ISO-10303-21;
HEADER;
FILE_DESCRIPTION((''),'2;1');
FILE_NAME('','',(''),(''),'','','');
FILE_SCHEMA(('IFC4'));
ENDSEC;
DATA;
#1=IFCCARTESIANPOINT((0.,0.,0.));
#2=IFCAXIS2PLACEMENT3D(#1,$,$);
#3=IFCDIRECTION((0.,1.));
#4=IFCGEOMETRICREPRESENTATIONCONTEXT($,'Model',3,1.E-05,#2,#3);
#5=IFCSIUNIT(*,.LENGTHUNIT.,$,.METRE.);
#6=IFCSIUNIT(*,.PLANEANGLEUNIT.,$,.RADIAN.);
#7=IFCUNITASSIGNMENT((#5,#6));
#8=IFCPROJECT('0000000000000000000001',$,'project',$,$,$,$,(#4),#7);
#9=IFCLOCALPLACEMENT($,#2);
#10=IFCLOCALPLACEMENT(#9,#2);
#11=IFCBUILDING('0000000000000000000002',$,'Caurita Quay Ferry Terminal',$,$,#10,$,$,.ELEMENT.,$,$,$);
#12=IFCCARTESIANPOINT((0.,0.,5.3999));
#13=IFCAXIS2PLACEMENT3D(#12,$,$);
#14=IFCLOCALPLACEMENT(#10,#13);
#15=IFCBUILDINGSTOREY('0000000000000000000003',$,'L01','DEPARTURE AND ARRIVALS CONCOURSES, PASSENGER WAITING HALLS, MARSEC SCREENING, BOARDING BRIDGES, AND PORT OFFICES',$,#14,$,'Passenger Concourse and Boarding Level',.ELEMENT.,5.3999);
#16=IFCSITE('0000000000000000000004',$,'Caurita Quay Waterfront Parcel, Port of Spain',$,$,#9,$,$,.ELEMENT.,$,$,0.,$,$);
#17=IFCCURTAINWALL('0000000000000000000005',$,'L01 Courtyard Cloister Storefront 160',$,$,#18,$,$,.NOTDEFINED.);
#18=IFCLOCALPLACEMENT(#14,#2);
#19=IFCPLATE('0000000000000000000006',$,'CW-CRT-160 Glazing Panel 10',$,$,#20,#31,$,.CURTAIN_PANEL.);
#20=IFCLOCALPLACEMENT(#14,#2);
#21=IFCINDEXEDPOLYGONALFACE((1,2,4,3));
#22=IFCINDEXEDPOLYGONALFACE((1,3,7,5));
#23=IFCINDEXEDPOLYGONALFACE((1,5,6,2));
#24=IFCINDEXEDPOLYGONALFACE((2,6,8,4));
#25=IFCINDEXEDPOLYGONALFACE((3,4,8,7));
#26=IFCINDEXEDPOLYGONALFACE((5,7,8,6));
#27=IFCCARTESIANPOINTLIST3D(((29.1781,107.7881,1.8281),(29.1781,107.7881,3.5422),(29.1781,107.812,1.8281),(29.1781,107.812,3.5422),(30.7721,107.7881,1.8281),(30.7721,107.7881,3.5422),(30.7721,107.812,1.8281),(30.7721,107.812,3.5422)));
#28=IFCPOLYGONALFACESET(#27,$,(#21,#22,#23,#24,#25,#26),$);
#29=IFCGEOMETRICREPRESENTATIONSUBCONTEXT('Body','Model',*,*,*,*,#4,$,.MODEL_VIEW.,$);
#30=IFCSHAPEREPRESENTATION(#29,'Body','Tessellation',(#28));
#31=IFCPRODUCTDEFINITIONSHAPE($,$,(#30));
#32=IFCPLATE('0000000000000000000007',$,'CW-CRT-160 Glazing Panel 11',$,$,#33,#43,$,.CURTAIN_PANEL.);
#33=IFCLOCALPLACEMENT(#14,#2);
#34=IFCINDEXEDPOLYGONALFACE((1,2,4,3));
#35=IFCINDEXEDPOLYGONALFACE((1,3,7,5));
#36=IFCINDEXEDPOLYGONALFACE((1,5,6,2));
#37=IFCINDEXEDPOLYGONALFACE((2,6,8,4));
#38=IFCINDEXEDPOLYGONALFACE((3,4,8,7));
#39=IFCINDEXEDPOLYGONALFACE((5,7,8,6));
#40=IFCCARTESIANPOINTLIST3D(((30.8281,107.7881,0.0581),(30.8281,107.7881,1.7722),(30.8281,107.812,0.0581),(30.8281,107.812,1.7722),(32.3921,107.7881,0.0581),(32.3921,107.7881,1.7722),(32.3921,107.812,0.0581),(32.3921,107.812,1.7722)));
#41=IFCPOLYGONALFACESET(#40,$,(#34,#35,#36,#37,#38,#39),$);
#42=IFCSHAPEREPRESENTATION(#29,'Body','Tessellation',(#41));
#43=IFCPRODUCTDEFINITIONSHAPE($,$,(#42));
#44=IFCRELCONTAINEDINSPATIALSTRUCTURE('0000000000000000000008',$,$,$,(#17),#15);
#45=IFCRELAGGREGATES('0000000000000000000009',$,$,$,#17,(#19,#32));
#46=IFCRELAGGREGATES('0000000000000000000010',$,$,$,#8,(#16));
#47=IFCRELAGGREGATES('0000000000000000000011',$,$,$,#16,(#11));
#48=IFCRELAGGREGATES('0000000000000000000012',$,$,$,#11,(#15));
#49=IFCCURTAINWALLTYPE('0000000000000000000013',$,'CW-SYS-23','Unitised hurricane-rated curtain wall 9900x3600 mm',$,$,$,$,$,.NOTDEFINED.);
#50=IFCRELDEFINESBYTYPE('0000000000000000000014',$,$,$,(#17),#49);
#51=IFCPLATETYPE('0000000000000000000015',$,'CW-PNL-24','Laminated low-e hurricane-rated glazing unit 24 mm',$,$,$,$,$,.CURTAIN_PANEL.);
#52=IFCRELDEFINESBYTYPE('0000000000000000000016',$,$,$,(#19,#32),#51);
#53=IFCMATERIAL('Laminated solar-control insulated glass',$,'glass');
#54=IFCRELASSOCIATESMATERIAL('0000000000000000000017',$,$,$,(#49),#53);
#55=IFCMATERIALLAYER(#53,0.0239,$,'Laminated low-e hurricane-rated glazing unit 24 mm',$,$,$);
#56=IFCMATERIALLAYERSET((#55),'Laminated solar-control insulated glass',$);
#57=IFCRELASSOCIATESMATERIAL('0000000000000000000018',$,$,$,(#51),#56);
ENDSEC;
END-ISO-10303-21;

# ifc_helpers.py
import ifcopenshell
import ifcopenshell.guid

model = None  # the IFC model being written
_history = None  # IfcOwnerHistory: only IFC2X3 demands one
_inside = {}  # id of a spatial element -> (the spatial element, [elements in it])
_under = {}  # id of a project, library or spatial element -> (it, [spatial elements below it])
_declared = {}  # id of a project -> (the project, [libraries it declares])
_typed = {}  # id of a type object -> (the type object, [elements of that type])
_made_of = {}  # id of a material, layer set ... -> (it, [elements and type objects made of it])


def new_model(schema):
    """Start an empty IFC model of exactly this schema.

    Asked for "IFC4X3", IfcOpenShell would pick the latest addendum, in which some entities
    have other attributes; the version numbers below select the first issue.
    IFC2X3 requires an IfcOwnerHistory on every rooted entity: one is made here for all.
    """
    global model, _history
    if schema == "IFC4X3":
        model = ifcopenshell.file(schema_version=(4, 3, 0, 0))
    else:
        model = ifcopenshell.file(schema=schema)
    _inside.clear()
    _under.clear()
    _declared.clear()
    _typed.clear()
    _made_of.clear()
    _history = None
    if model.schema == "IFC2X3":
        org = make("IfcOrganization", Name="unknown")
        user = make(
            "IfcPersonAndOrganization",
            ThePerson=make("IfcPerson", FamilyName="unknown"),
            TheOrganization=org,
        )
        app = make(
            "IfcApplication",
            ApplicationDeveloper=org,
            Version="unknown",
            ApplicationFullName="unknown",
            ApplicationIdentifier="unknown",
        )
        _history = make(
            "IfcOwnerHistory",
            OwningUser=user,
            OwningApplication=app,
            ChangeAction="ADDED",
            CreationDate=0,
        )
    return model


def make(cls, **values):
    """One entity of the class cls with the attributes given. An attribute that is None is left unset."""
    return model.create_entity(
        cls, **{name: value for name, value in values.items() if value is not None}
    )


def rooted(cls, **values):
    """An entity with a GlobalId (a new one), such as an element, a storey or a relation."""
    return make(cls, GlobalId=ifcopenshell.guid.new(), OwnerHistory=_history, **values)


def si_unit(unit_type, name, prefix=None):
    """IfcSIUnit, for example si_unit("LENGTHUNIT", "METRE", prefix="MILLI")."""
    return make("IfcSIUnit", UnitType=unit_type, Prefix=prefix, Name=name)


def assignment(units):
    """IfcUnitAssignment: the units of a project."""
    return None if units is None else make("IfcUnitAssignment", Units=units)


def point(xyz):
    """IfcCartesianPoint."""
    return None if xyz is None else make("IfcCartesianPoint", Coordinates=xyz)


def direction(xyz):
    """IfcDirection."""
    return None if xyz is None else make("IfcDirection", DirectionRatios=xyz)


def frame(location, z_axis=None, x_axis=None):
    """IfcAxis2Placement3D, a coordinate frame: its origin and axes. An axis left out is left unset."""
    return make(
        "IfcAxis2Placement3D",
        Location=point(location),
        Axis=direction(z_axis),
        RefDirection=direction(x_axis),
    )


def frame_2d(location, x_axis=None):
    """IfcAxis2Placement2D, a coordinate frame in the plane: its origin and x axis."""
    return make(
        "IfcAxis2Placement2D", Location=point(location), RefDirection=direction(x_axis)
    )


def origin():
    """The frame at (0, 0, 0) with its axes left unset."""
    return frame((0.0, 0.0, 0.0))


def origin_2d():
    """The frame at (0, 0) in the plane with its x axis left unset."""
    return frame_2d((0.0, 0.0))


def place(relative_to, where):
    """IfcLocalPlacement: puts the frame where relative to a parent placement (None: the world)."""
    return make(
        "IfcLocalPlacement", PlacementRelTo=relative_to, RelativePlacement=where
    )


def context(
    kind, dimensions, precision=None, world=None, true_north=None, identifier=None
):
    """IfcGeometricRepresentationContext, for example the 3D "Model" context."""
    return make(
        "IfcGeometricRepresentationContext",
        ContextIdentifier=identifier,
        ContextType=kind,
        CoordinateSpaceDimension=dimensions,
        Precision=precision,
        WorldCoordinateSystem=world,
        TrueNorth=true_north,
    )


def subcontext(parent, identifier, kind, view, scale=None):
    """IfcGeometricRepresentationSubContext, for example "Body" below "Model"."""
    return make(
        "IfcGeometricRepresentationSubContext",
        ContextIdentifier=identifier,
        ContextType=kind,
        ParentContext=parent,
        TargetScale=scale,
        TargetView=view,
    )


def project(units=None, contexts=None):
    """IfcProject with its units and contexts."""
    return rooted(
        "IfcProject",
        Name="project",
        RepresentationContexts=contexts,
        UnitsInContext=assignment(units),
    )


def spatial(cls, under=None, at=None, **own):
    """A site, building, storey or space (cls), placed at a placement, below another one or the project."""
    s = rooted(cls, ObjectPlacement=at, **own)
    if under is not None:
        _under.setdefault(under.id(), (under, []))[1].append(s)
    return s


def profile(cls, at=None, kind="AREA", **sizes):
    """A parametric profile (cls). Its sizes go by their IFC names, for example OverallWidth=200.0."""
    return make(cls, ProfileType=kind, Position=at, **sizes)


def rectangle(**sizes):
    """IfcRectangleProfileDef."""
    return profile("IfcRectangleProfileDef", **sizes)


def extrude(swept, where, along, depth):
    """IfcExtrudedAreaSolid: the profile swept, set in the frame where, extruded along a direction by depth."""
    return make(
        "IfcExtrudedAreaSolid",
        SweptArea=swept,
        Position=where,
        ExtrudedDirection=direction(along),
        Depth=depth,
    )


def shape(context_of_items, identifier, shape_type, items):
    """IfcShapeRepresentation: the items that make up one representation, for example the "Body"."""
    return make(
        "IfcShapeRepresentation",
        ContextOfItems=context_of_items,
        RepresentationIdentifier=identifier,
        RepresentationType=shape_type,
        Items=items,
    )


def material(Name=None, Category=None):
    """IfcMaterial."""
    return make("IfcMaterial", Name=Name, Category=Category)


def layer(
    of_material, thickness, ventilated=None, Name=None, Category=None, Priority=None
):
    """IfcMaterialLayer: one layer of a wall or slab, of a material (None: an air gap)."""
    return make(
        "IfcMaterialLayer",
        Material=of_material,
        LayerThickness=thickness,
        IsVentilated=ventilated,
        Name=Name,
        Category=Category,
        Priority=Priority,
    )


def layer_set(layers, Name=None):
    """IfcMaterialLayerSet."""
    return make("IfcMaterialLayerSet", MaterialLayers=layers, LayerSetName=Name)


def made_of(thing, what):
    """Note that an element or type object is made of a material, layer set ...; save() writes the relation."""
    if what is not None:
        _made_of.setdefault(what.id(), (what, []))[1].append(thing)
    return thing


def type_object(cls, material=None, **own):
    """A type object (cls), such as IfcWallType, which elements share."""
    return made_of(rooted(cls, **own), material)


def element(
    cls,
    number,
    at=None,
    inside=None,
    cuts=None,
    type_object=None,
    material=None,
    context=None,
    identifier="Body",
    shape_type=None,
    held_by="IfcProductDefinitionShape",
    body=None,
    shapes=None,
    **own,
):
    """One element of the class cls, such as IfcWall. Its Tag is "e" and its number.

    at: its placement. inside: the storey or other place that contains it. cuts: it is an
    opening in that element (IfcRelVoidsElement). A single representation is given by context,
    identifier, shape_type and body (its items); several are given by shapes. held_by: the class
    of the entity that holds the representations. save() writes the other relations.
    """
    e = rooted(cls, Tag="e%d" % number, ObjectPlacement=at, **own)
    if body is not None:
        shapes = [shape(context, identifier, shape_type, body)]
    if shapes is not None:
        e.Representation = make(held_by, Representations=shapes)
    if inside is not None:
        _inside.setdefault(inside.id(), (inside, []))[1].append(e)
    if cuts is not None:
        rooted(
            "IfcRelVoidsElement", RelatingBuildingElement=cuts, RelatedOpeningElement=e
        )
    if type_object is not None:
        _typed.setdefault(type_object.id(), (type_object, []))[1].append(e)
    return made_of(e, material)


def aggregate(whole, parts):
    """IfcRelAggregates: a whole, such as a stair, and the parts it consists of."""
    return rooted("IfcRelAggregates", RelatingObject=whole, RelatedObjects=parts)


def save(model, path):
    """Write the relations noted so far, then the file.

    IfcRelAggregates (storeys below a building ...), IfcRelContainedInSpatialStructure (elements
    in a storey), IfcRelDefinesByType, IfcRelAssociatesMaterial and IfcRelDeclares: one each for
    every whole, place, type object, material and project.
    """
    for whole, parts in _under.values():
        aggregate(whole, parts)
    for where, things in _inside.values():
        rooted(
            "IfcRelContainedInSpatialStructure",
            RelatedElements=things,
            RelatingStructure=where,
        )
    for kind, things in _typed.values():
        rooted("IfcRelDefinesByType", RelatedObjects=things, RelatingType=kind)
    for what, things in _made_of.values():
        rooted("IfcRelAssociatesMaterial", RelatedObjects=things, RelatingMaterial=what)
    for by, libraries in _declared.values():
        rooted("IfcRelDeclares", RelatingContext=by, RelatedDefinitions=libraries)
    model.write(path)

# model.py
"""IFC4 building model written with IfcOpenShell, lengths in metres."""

from ifc_helpers import new_model, si_unit, direction, frame, origin, origin_2d, place, context, subcontext, project, spatial, rectangle, extrude, material, layer, layer_set, type_object, element, aggregate, save


model = new_model("IFC4")

# Units and contexts
model_context = context("Model", 3, precision=1e-05, world=origin(), true_north=direction((0.0, 1.0)))
body_context = subcontext(model_context, "Body", "Model", "MODEL_VIEW")
ifc_project = project(units=[si_unit("LENGTHUNIT", "METRE"), si_unit("PLANEANGLEUNIT", "RADIAN")], contexts=[model_context])

# Site, building, storey
site_placement = place(None, origin())
site = spatial("IfcSite", under=ifc_project, at=site_placement, Name="Caurita Quay Waterfront Parcel, Port of Spain", CompositionType="ELEMENT", RefElevation=0.0)
building_placement = place(site_placement, origin())
building = spatial("IfcBuilding", under=site, at=building_placement, Name="Caurita Quay Ferry Terminal", CompositionType="ELEMENT")
storey_placement = place(building_placement, frame((0.0, 0.0, 5.3999)))
storey = spatial("IfcBuildingStorey", under=building, at=storey_placement, Name="L01", Description="DEPARTURE AND ARRIVALS CONCOURSES, PASSENGER WAITING HALLS, MARSEC SCREENING, BOARDING BRIDGES, AND PORT OFFICES", LongName="Passenger Concourse and Boarding Level", CompositionType="ELEMENT", Elevation=5.3999)

# Curtain wall, plates
ifc_material_1 = material(Name="Laminated solar-control insulated glass", Category="glass")
curtain_wall_type = type_object("IfcCurtainWallType", Name="CW-SYS-23", Description="Unitised hurricane-rated curtain wall 9900x3600 mm", PredefinedType="NOTDEFINED", material=ifc_material_1)
curtain_wall_placement = place(storey_placement, origin())
curtain_wall = element("IfcCurtainWall", 1, at=curtain_wall_placement, inside=storey, type_object=curtain_wall_type, Name="L01 Courtyard Cloister Storefront 160", PredefinedType="NOTDEFINED")
ifc_layer = layer(ifc_material_1, 0.0239, Name="Laminated low-e hurricane-rated glazing unit 24 mm")
ifc_layer_set = layer_set([ifc_layer], Name="Laminated solar-control insulated glass")
plate_type = type_object("IfcPlateType", Name="CW-PNL-24", Description="Laminated low-e hurricane-rated glazing unit 24 mm", PredefinedType="CURTAIN_PANEL", material=ifc_layer_set)
plate_1_placement = place(storey_placement, frame((29.9751, 107.8, 1.8281), z_axis=(0.0, 0.0, 1.0), x_axis=(1.0, 0.0, 0.0)))
plate_1 = element("IfcPlate", 2, at=plate_1_placement, type_object=plate_type, Name="CW-CRT-160 Glazing Panel 10", PredefinedType="CURTAIN_PANEL", context=body_context, shape_type="SweptSolid", body=[
    extrude(rectangle(XDim=1.594, YDim=0.0239, at=origin_2d()), origin(), (0.0, 0.0, 1.0), 1.7141),
])
plate_2_placement = place(storey_placement, frame((31.6101, 107.8, 0.0581), z_axis=(0.0, 0.0, 1.0), x_axis=(1.0, 0.0, 0.0)))
plate_2 = element("IfcPlate", 3, at=plate_2_placement, type_object=plate_type, Name="CW-CRT-160 Glazing Panel 11", PredefinedType="CURTAIN_PANEL", context=body_context, shape_type="SweptSolid", body=[
    extrude(rectangle(XDim=1.564, YDim=0.0239, at=origin_2d()), origin(), (0.0, 0.0, 1.0), 1.7141),
])
aggregate(curtain_wall, [plate_1, plate_2])

save(model, "model.ifc")
